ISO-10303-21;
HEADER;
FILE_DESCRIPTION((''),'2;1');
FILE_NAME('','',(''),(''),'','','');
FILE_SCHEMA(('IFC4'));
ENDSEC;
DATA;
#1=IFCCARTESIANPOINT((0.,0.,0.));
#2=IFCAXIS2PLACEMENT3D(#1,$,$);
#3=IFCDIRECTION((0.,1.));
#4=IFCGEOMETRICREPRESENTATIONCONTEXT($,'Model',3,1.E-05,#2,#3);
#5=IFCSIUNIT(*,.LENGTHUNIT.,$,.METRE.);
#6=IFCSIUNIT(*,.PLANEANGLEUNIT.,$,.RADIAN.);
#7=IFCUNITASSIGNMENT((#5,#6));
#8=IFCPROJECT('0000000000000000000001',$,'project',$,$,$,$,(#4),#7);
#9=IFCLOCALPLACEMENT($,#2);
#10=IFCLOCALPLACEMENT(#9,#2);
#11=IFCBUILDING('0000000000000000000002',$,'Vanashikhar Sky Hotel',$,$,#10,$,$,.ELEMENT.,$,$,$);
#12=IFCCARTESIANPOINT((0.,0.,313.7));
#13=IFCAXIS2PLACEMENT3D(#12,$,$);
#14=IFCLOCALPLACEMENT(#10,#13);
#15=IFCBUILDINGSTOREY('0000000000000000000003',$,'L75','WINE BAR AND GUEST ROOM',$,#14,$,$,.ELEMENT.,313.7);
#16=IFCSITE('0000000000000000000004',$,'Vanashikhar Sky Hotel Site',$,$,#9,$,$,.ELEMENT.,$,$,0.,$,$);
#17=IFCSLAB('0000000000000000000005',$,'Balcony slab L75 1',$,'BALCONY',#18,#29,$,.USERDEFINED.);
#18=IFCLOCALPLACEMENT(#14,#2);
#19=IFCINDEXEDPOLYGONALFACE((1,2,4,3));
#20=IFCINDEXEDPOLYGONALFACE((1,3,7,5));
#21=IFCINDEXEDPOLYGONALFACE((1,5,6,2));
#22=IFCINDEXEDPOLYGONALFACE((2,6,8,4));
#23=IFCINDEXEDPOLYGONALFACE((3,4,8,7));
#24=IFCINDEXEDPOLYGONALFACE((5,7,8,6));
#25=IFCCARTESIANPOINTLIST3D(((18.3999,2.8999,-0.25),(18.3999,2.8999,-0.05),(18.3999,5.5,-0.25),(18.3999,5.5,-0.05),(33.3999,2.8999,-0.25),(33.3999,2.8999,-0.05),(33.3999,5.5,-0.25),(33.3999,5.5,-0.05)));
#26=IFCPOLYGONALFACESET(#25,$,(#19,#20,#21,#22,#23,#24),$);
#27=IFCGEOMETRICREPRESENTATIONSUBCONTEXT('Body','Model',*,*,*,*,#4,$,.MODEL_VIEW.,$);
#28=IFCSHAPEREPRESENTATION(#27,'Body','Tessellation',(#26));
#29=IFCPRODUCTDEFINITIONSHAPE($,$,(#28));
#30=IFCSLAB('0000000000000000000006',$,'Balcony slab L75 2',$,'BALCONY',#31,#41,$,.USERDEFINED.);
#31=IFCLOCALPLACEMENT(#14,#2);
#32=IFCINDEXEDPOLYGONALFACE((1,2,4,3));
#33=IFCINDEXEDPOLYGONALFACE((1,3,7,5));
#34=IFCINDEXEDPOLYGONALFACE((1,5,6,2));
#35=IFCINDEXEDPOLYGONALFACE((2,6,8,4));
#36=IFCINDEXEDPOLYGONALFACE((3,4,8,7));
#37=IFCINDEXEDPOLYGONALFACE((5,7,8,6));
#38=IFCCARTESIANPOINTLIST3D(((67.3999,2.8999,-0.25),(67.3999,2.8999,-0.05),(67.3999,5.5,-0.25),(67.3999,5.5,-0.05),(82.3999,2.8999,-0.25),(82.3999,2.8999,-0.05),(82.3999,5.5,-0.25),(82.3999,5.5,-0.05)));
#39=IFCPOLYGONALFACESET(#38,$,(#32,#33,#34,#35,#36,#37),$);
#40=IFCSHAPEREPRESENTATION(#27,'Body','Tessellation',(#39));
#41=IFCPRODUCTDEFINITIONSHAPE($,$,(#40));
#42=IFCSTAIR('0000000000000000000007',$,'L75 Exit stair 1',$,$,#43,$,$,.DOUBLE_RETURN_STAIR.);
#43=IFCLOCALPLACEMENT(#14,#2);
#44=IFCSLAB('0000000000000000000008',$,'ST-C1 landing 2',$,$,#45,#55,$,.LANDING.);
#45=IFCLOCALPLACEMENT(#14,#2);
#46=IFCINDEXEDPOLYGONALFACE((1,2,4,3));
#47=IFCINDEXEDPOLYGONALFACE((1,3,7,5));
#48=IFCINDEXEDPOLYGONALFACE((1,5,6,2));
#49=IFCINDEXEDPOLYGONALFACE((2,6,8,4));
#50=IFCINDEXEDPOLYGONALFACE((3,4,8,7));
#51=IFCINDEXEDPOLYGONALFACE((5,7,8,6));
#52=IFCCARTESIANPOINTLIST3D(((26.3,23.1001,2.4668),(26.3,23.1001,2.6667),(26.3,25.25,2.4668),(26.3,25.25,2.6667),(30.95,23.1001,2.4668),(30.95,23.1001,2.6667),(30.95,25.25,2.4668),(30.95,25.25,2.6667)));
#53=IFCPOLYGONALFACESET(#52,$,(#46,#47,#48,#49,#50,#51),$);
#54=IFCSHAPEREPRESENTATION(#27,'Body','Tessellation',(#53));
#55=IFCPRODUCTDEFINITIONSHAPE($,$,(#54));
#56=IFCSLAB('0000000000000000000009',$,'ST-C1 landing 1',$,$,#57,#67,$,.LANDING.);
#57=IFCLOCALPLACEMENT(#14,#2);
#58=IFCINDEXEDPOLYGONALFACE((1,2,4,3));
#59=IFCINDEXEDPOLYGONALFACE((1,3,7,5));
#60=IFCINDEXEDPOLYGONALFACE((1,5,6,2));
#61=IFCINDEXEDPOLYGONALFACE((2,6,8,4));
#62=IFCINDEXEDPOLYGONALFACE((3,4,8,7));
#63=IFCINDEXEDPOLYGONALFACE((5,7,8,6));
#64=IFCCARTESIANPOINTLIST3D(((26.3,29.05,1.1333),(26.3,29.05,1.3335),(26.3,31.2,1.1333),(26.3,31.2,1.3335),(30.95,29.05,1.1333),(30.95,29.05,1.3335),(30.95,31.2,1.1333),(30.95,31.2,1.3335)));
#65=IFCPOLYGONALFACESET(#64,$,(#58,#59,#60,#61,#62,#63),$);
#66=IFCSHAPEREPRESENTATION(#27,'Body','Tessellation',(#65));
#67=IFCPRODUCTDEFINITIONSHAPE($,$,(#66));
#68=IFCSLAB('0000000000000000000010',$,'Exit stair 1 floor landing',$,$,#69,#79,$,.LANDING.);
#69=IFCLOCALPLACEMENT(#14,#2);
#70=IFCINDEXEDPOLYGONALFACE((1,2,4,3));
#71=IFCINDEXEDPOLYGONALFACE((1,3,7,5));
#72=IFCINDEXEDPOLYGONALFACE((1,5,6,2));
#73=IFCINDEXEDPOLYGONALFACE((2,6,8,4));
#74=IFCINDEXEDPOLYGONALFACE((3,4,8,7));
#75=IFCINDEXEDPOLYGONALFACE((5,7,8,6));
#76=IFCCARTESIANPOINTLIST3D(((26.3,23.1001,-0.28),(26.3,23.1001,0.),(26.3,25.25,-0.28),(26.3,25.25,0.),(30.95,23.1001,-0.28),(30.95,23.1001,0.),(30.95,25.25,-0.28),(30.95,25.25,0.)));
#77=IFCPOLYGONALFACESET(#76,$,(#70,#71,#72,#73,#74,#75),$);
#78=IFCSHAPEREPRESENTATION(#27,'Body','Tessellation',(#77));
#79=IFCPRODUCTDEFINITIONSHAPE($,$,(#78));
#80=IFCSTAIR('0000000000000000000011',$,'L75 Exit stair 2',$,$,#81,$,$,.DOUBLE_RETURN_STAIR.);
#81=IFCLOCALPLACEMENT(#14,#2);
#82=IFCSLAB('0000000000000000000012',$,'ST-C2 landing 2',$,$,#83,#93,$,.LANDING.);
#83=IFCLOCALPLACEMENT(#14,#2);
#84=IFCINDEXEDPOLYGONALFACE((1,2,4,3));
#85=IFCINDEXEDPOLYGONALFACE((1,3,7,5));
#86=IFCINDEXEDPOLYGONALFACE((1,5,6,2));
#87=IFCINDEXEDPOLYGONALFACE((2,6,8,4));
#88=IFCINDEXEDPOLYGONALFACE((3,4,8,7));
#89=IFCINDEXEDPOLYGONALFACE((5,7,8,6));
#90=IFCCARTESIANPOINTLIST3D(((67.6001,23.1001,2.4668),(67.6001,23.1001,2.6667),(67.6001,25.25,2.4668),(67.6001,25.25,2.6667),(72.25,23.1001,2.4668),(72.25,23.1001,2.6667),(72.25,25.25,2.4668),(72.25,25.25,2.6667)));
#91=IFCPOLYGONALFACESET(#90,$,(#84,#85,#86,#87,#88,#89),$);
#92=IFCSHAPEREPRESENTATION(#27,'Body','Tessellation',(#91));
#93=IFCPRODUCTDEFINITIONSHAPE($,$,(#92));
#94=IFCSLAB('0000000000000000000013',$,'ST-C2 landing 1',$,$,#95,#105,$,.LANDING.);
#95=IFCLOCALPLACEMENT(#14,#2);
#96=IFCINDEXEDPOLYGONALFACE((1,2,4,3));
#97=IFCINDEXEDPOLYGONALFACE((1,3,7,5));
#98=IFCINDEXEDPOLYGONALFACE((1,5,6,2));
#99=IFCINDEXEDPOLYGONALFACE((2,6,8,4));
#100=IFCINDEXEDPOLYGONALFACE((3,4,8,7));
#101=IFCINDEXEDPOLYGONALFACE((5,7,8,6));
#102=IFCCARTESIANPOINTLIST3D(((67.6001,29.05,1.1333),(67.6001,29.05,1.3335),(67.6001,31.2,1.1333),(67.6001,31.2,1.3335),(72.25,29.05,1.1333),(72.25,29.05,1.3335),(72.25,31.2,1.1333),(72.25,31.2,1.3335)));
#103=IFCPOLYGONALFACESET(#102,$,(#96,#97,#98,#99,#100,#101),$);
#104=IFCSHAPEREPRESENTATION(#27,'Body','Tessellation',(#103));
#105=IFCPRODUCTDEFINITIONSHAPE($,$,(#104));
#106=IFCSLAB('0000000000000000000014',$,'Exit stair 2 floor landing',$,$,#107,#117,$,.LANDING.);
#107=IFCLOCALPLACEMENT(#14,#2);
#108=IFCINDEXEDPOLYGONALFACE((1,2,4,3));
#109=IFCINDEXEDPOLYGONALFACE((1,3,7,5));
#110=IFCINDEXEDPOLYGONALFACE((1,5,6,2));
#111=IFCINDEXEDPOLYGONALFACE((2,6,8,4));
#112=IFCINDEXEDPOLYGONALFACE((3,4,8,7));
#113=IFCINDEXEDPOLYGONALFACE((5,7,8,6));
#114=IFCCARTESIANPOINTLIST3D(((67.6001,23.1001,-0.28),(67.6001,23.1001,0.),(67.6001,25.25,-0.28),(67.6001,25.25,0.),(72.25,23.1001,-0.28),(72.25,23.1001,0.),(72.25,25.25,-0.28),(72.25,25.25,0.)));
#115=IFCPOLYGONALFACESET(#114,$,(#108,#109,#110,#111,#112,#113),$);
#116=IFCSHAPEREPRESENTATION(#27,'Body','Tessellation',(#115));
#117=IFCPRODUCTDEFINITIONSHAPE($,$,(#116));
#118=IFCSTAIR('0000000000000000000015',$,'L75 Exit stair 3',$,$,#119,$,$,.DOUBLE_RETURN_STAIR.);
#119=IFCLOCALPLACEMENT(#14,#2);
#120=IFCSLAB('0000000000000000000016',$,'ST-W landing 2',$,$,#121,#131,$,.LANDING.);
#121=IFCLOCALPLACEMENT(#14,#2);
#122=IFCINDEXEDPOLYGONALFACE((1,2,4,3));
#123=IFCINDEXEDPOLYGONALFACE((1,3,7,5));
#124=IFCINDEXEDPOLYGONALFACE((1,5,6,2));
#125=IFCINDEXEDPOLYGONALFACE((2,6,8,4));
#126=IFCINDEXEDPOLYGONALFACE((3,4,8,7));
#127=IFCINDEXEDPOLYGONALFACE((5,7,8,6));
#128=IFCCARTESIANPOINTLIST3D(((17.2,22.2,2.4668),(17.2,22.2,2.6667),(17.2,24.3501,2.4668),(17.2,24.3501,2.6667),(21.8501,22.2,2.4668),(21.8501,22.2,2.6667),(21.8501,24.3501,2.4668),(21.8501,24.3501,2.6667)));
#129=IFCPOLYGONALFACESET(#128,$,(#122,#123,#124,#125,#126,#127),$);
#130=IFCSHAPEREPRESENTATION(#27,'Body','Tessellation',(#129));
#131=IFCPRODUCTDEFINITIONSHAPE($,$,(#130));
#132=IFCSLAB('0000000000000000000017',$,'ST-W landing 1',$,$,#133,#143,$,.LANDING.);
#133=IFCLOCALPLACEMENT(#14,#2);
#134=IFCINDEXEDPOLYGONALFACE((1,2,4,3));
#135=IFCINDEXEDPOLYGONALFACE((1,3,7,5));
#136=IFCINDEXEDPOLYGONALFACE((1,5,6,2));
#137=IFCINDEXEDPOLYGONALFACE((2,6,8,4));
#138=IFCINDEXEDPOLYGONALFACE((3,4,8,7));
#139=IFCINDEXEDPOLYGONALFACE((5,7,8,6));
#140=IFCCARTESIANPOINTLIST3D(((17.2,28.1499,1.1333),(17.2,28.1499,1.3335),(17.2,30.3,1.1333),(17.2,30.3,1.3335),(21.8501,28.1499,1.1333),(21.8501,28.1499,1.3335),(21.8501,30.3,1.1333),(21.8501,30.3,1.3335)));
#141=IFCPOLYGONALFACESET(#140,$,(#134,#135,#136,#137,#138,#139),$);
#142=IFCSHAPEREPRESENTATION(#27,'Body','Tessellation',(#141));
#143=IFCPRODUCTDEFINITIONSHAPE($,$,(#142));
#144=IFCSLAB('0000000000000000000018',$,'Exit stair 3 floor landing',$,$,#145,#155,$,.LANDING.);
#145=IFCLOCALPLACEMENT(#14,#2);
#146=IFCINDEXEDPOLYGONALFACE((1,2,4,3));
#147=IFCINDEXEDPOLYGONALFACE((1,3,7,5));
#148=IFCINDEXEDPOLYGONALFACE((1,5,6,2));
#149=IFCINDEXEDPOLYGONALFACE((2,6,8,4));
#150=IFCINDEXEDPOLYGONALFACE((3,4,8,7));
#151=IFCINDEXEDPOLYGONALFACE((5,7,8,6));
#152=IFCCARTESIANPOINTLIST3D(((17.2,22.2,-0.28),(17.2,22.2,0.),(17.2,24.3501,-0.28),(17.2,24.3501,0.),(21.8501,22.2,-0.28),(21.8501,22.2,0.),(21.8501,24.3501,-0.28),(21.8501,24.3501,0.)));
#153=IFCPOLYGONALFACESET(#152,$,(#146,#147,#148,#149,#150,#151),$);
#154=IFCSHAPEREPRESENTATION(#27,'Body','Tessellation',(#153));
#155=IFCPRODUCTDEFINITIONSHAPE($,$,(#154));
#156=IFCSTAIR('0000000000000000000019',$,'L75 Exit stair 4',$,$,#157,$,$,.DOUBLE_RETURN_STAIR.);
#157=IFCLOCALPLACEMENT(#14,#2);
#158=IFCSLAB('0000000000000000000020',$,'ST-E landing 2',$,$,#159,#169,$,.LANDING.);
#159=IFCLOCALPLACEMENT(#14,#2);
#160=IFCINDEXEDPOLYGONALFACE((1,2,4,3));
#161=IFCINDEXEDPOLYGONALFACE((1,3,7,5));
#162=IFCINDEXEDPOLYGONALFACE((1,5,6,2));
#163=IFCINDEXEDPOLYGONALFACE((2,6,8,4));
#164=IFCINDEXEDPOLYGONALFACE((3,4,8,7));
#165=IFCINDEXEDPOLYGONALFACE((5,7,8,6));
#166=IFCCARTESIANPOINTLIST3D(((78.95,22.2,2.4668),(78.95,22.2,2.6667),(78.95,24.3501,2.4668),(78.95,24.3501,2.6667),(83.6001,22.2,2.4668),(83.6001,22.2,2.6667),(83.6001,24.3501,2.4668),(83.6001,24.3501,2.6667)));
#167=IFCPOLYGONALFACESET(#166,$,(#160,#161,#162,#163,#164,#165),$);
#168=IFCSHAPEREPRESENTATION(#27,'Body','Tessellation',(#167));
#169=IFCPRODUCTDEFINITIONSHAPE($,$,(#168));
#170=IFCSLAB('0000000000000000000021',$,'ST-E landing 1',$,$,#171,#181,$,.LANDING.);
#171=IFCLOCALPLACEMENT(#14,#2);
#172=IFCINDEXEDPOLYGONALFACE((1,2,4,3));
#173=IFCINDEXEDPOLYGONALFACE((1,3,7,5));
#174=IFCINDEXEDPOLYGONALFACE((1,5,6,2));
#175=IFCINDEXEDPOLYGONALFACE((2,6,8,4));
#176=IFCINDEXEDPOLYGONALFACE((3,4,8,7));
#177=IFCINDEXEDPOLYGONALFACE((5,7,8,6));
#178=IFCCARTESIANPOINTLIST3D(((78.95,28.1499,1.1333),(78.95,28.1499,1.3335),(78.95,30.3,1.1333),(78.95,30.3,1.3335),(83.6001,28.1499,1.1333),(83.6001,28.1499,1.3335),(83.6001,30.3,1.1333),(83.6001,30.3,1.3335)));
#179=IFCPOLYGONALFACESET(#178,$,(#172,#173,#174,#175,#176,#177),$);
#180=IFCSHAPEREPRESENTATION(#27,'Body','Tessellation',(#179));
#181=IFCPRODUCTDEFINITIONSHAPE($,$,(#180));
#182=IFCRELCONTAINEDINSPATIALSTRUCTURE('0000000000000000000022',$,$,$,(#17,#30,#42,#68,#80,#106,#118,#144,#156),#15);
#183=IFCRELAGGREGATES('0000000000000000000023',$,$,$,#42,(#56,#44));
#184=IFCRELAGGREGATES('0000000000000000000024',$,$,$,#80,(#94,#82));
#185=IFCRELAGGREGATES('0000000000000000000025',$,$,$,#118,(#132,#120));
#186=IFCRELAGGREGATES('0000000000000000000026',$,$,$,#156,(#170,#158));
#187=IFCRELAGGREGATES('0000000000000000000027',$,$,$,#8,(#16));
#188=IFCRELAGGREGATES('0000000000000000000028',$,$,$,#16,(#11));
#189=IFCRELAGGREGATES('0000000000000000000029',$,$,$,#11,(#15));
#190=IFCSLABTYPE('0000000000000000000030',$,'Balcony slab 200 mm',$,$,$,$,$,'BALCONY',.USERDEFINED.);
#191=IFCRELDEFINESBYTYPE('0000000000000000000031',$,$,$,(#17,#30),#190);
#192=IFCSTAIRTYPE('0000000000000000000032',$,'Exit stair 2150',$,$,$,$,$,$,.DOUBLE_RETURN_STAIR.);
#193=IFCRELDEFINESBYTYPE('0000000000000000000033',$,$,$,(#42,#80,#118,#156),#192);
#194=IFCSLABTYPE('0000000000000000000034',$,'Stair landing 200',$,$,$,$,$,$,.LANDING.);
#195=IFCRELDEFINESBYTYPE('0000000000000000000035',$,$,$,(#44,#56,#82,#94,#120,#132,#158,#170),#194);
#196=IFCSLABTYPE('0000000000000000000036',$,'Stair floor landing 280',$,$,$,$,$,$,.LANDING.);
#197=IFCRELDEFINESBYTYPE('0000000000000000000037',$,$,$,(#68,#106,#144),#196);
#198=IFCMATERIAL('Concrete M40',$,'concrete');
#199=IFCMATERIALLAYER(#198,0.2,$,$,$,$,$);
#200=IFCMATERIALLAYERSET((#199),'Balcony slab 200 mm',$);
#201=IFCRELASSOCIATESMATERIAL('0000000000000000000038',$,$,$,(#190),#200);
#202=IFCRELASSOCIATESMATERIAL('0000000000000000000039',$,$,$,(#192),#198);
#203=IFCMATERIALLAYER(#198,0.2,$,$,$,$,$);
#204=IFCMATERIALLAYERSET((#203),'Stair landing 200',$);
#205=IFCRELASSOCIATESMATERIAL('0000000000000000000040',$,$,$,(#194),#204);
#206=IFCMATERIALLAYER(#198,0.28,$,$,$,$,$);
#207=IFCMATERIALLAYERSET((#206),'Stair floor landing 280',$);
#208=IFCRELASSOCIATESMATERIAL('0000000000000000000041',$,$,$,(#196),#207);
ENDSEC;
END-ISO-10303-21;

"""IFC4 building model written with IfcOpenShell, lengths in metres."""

from ifc_helpers import new_model, si_unit, direction, frame, origin, place, context, subcontext, project, spatial, polyline, outline, extrude, source, transform, mapped, material, layer, layer_set, type_object, element, aggregate, save


model = new_model("IFC4")

# Units and contexts
model_context = context("Model", 3, precision=1e-05, world=origin(), true_north=direction((0.0, 1.0)))
body_context = subcontext(model_context, "Body", "Model", "MODEL_VIEW")
ifc_project = project(units=[si_unit("LENGTHUNIT", "METRE"), si_unit("PLANEANGLEUNIT", "RADIAN")], contexts=[model_context])

# Site, building, storey
site_placement = place(None, origin())
site = spatial("IfcSite", under=ifc_project, at=site_placement, Name="Vanashikhar Sky Hotel Site", CompositionType="ELEMENT", RefElevation=0.0)
building_placement = place(site_placement, origin())
building = spatial("IfcBuilding", under=site, at=building_placement, Name="Vanashikhar Sky Hotel", CompositionType="ELEMENT")
storey_placement = place(building_placement, frame((0.0, 0.0, 313.7)))
storey = spatial("IfcBuildingStorey", under=building, at=storey_placement, Name="L75", Description="WINE BAR AND GUEST ROOM", CompositionType="ELEMENT", Elevation=313.7)

# Slabs
ifc_material_1 = material(Name="Concrete M40", Category="concrete")
ifc_layer_1 = layer(ifc_material_1, 0.2)
ifc_layer_set_1 = layer_set([ifc_layer_1], Name="Balcony slab 200 mm")
slab_type_1 = type_object("IfcSlabType", Name="Balcony slab 200 mm", ElementType="BALCONY", PredefinedType="USERDEFINED", material=ifc_layer_set_1)
shared_shape_1 = source(origin(), body_context, "Body", "SweptSolid", [
    extrude(outline(polyline([(18.3999, 2.8999), (33.3999, 2.8999), (33.3999, 5.5), (18.3999, 5.5), (18.3999, 2.8999)])), origin(), (0.0, 0.0, 1.0), 0.2),
])
slab_1_placement = place(storey_placement, frame((0.0, 0.0, -0.25)))
element("IfcSlab", 1, at=slab_1_placement, inside=storey, type_object=slab_type_1, Name="Balcony slab L75 1", ObjectType="BALCONY", PredefinedType="USERDEFINED", context=body_context, shape_type="MappedRepresentation", body=[
    mapped(shared_shape_1, transform((0.0, 0.0, 0.0), scale=1.0)),
])
shared_shape_2 = source(origin(), body_context, "Body", "SweptSolid", [
    extrude(outline(polyline([(67.3999, 2.8999), (82.3999, 2.8999), (82.3999, 5.5), (67.3999, 5.5), (67.3999, 2.8999)])), origin(), (0.0, 0.0, 1.0), 0.2),
])
slab_2_placement = place(storey_placement, frame((0.0, 0.0, -0.25)))
element("IfcSlab", 2, at=slab_2_placement, inside=storey, type_object=slab_type_1, Name="Balcony slab L75 2", ObjectType="BALCONY", PredefinedType="USERDEFINED", context=body_context, shape_type="MappedRepresentation", body=[
    mapped(shared_shape_2, transform((0.0, 0.0, 0.0), scale=1.0)),
])

# Stair, slabs
stair_type = type_object("IfcStairType", Name="Exit stair 2150", PredefinedType="DOUBLE_RETURN_STAIR", material=ifc_material_1)
stair_1_placement = place(storey_placement, origin())
stair_1 = element("IfcStair", 3, at=stair_1_placement, inside=storey, type_object=stair_type, Name="L75 Exit stair 1", PredefinedType="DOUBLE_RETURN_STAIR")
ifc_layer_2 = layer(ifc_material_1, 0.2)
ifc_layer_set_2 = layer_set([ifc_layer_2], Name="Stair landing 200")
slab_type_2 = type_object("IfcSlabType", Name="Stair landing 200", PredefinedType="LANDING", material=ifc_layer_set_2)
shared_shape_3 = source(origin(), body_context, "Body", "SweptSolid", [
    extrude(outline(polyline([(30.95, 23.1001), (30.95, 25.25), (26.3, 25.25), (26.3, 23.1001), (30.95, 23.1001)])), origin(), (0.0, 0.0, 1.0), 0.2),
])
slab_3_placement = place(storey_placement, frame((0.0, 0.0, 2.4668)))
slab_3 = element("IfcSlab", 4, at=slab_3_placement, type_object=slab_type_2, Name="ST-C1 landing 2", PredefinedType="LANDING", context=body_context, shape_type="MappedRepresentation", body=[
    mapped(shared_shape_3, transform((0.0, 0.0, 0.0), scale=1.0)),
])
shared_shape_4 = source(origin(), body_context, "Body", "SweptSolid", [
    extrude(outline(polyline([(30.95, 29.05), (30.95, 31.2), (26.3, 31.2), (26.3, 29.05), (30.95, 29.05)])), origin(), (0.0, 0.0, 1.0), 0.2002),
])
slab_4_placement = place(storey_placement, frame((0.0, 0.0, 1.1333)))
slab_4 = element("IfcSlab", 5, at=slab_4_placement, type_object=slab_type_2, Name="ST-C1 landing 1", PredefinedType="LANDING", context=body_context, shape_type="MappedRepresentation", body=[
    mapped(shared_shape_4, transform((0.0, 0.0, 0.0), scale=1.0)),
])
aggregate(stair_1, [slab_4, slab_3])

# Slab
ifc_layer_3 = layer(ifc_material_1, 0.28)
ifc_layer_set_3 = layer_set([ifc_layer_3], Name="Stair floor landing 280")
slab_type_3 = type_object("IfcSlabType", Name="Stair floor landing 280", PredefinedType="LANDING", material=ifc_layer_set_3)
shared_shape_5 = source(origin(), body_context, "Body", "SweptSolid", [
    extrude(outline(polyline([(30.95, 23.1001), (30.95, 25.25), (26.3, 25.25), (26.3, 23.1001), (30.95, 23.1001)])), origin(), (0.0, 0.0, 1.0), 0.28),
])
slab_5_placement = place(storey_placement, frame((0.0, 0.0, -0.28)))
element("IfcSlab", 6, at=slab_5_placement, inside=storey, type_object=slab_type_3, Name="Exit stair 1 floor landing", PredefinedType="LANDING", context=body_context, shape_type="MappedRepresentation", body=[
    mapped(shared_shape_5, transform((0.0, 0.0, 0.0), scale=1.0)),
])

# Stair, slabs
stair_2_placement = place(storey_placement, origin())
stair_2 = element("IfcStair", 7, at=stair_2_placement, inside=storey, type_object=stair_type, Name="L75 Exit stair 2", PredefinedType="DOUBLE_RETURN_STAIR")
shared_shape_6 = source(origin(), body_context, "Body", "SweptSolid", [
    extrude(outline(polyline([(72.25, 23.1001), (72.25, 25.25), (67.6001, 25.25), (67.6001, 23.1001), (72.25, 23.1001)])), origin(), (0.0, 0.0, 1.0), 0.2),
])
slab_6_placement = place(storey_placement, frame((0.0, 0.0, 2.4668)))
slab_6 = element("IfcSlab", 8, at=slab_6_placement, type_object=slab_type_2, Name="ST-C2 landing 2", PredefinedType="LANDING", context=body_context, shape_type="MappedRepresentation", body=[
    mapped(shared_shape_6, transform((0.0, 0.0, 0.0), scale=1.0)),
])
shared_shape_7 = source(origin(), body_context, "Body", "SweptSolid", [
    extrude(outline(polyline([(72.25, 29.05), (72.25, 31.2), (67.6001, 31.2), (67.6001, 29.05), (72.25, 29.05)])), origin(), (0.0, 0.0, 1.0), 0.2002),
])
slab_7_placement = place(storey_placement, frame((0.0, 0.0, 1.1333)))
slab_7 = element("IfcSlab", 9, at=slab_7_placement, type_object=slab_type_2, Name="ST-C2 landing 1", PredefinedType="LANDING", context=body_context, shape_type="MappedRepresentation", body=[
    mapped(shared_shape_7, transform((0.0, 0.0, 0.0), scale=1.0)),
])
aggregate(stair_2, [slab_7, slab_6])

# Slab
shared_shape_8 = source(origin(), body_context, "Body", "SweptSolid", [
    extrude(outline(polyline([(72.25, 23.1001), (72.25, 25.25), (67.6001, 25.25), (67.6001, 23.1001), (72.25, 23.1001)])), origin(), (0.0, 0.0, 1.0), 0.28),
])
slab_8_placement = place(storey_placement, frame((0.0, 0.0, -0.28)))
element("IfcSlab", 10, at=slab_8_placement, inside=storey, type_object=slab_type_3, Name="Exit stair 2 floor landing", PredefinedType="LANDING", context=body_context, shape_type="MappedRepresentation", body=[
    mapped(shared_shape_8, transform((0.0, 0.0, 0.0), scale=1.0)),
])

# Stair, slabs
stair_3_placement = place(storey_placement, origin())
stair_3 = element("IfcStair", 11, at=stair_3_placement, inside=storey, type_object=stair_type, Name="L75 Exit stair 3", PredefinedType="DOUBLE_RETURN_STAIR")
shared_shape_9 = source(origin(), body_context, "Body", "SweptSolid", [
    extrude(outline(polyline([(21.8501, 22.2), (21.8501, 24.3501), (17.2, 24.3501), (17.2, 22.2), (21.8501, 22.2)])), origin(), (0.0, 0.0, 1.0), 0.2),
])
slab_9_placement = place(storey_placement, frame((0.0, 0.0, 2.4668)))
slab_9 = element("IfcSlab", 12, at=slab_9_placement, type_object=slab_type_2, Name="ST-W landing 2", PredefinedType="LANDING", context=body_context, shape_type="MappedRepresentation", body=[
    mapped(shared_shape_9, transform((0.0, 0.0, 0.0), scale=1.0)),
])
shared_shape_10 = source(origin(), body_context, "Body", "SweptSolid", [
    extrude(outline(polyline([(21.8501, 28.1499), (21.8501, 30.3), (17.2, 30.3), (17.2, 28.1499), (21.8501, 28.1499)])), origin(), (0.0, 0.0, 1.0), 0.2002),
])
slab_10_placement = place(storey_placement, frame((0.0, 0.0, 1.1333)))
slab_10 = element("IfcSlab", 13, at=slab_10_placement, type_object=slab_type_2, Name="ST-W landing 1", PredefinedType="LANDING", context=body_context, shape_type="MappedRepresentation", body=[
    mapped(shared_shape_10, transform((0.0, 0.0, 0.0), scale=1.0)),
])
aggregate(stair_3, [slab_10, slab_9])

# Slab
shared_shape_11 = source(origin(), body_context, "Body", "SweptSolid", [
    extrude(outline(polyline([(21.8501, 22.2), (21.8501, 24.3501), (17.2, 24.3501), (17.2, 22.2), (21.8501, 22.2)])), origin(), (0.0, 0.0, 1.0), 0.28),
])
slab_11_placement = place(storey_placement, frame((0.0, 0.0, -0.28)))
element("IfcSlab", 14, at=slab_11_placement, inside=storey, type_object=slab_type_3, Name="Exit stair 3 floor landing", PredefinedType="LANDING", context=body_context, shape_type="MappedRepresentation", body=[
    mapped(shared_shape_11, transform((0.0, 0.0, 0.0), scale=1.0)),
])

# Stair, slabs
stair_4_placement = place(storey_placement, origin())
stair_4 = element("IfcStair", 15, at=stair_4_placement, inside=storey, type_object=stair_type, Name="L75 Exit stair 4", PredefinedType="DOUBLE_RETURN_STAIR")
shared_shape_12 = source(origin(), body_context, "Body", "SweptSolid", [
    extrude(outline(polyline([(83.6001, 22.2), (83.6001, 24.3501), (78.95, 24.3501), (78.95, 22.2), (83.6001, 22.2)])), origin(), (0.0, 0.0, 1.0), 0.2),
])
slab_12_placement = place(storey_placement, frame((0.0, 0.0, 2.4668)))
slab_12 = element("IfcSlab", 16, at=slab_12_placement, type_object=slab_type_2, Name="ST-E landing 2", PredefinedType="LANDING", context=body_context, shape_type="MappedRepresentation", body=[
    mapped(shared_shape_12, transform((0.0, 0.0, 0.0), scale=1.0)),
])
shared_shape_13 = source(origin(), body_context, "Body", "SweptSolid", [
    extrude(outline(polyline([(83.6001, 28.1499), (83.6001, 30.3), (78.95, 30.3), (78.95, 28.1499), (83.6001, 28.1499)])), origin(), (0.0, 0.0, 1.0), 0.2002),
])
slab_13_placement = place(storey_placement, frame((0.0, 0.0, 1.1333)))
slab_13 = element("IfcSlab", 17, at=slab_13_placement, type_object=slab_type_2, Name="ST-E landing 1", PredefinedType="LANDING", context=body_context, shape_type="MappedRepresentation", body=[
    mapped(shared_shape_13, transform((0.0, 0.0, 0.0), scale=1.0)),
])
aggregate(stair_4, [slab_13, slab_12])

save(model, "model.ifc")
